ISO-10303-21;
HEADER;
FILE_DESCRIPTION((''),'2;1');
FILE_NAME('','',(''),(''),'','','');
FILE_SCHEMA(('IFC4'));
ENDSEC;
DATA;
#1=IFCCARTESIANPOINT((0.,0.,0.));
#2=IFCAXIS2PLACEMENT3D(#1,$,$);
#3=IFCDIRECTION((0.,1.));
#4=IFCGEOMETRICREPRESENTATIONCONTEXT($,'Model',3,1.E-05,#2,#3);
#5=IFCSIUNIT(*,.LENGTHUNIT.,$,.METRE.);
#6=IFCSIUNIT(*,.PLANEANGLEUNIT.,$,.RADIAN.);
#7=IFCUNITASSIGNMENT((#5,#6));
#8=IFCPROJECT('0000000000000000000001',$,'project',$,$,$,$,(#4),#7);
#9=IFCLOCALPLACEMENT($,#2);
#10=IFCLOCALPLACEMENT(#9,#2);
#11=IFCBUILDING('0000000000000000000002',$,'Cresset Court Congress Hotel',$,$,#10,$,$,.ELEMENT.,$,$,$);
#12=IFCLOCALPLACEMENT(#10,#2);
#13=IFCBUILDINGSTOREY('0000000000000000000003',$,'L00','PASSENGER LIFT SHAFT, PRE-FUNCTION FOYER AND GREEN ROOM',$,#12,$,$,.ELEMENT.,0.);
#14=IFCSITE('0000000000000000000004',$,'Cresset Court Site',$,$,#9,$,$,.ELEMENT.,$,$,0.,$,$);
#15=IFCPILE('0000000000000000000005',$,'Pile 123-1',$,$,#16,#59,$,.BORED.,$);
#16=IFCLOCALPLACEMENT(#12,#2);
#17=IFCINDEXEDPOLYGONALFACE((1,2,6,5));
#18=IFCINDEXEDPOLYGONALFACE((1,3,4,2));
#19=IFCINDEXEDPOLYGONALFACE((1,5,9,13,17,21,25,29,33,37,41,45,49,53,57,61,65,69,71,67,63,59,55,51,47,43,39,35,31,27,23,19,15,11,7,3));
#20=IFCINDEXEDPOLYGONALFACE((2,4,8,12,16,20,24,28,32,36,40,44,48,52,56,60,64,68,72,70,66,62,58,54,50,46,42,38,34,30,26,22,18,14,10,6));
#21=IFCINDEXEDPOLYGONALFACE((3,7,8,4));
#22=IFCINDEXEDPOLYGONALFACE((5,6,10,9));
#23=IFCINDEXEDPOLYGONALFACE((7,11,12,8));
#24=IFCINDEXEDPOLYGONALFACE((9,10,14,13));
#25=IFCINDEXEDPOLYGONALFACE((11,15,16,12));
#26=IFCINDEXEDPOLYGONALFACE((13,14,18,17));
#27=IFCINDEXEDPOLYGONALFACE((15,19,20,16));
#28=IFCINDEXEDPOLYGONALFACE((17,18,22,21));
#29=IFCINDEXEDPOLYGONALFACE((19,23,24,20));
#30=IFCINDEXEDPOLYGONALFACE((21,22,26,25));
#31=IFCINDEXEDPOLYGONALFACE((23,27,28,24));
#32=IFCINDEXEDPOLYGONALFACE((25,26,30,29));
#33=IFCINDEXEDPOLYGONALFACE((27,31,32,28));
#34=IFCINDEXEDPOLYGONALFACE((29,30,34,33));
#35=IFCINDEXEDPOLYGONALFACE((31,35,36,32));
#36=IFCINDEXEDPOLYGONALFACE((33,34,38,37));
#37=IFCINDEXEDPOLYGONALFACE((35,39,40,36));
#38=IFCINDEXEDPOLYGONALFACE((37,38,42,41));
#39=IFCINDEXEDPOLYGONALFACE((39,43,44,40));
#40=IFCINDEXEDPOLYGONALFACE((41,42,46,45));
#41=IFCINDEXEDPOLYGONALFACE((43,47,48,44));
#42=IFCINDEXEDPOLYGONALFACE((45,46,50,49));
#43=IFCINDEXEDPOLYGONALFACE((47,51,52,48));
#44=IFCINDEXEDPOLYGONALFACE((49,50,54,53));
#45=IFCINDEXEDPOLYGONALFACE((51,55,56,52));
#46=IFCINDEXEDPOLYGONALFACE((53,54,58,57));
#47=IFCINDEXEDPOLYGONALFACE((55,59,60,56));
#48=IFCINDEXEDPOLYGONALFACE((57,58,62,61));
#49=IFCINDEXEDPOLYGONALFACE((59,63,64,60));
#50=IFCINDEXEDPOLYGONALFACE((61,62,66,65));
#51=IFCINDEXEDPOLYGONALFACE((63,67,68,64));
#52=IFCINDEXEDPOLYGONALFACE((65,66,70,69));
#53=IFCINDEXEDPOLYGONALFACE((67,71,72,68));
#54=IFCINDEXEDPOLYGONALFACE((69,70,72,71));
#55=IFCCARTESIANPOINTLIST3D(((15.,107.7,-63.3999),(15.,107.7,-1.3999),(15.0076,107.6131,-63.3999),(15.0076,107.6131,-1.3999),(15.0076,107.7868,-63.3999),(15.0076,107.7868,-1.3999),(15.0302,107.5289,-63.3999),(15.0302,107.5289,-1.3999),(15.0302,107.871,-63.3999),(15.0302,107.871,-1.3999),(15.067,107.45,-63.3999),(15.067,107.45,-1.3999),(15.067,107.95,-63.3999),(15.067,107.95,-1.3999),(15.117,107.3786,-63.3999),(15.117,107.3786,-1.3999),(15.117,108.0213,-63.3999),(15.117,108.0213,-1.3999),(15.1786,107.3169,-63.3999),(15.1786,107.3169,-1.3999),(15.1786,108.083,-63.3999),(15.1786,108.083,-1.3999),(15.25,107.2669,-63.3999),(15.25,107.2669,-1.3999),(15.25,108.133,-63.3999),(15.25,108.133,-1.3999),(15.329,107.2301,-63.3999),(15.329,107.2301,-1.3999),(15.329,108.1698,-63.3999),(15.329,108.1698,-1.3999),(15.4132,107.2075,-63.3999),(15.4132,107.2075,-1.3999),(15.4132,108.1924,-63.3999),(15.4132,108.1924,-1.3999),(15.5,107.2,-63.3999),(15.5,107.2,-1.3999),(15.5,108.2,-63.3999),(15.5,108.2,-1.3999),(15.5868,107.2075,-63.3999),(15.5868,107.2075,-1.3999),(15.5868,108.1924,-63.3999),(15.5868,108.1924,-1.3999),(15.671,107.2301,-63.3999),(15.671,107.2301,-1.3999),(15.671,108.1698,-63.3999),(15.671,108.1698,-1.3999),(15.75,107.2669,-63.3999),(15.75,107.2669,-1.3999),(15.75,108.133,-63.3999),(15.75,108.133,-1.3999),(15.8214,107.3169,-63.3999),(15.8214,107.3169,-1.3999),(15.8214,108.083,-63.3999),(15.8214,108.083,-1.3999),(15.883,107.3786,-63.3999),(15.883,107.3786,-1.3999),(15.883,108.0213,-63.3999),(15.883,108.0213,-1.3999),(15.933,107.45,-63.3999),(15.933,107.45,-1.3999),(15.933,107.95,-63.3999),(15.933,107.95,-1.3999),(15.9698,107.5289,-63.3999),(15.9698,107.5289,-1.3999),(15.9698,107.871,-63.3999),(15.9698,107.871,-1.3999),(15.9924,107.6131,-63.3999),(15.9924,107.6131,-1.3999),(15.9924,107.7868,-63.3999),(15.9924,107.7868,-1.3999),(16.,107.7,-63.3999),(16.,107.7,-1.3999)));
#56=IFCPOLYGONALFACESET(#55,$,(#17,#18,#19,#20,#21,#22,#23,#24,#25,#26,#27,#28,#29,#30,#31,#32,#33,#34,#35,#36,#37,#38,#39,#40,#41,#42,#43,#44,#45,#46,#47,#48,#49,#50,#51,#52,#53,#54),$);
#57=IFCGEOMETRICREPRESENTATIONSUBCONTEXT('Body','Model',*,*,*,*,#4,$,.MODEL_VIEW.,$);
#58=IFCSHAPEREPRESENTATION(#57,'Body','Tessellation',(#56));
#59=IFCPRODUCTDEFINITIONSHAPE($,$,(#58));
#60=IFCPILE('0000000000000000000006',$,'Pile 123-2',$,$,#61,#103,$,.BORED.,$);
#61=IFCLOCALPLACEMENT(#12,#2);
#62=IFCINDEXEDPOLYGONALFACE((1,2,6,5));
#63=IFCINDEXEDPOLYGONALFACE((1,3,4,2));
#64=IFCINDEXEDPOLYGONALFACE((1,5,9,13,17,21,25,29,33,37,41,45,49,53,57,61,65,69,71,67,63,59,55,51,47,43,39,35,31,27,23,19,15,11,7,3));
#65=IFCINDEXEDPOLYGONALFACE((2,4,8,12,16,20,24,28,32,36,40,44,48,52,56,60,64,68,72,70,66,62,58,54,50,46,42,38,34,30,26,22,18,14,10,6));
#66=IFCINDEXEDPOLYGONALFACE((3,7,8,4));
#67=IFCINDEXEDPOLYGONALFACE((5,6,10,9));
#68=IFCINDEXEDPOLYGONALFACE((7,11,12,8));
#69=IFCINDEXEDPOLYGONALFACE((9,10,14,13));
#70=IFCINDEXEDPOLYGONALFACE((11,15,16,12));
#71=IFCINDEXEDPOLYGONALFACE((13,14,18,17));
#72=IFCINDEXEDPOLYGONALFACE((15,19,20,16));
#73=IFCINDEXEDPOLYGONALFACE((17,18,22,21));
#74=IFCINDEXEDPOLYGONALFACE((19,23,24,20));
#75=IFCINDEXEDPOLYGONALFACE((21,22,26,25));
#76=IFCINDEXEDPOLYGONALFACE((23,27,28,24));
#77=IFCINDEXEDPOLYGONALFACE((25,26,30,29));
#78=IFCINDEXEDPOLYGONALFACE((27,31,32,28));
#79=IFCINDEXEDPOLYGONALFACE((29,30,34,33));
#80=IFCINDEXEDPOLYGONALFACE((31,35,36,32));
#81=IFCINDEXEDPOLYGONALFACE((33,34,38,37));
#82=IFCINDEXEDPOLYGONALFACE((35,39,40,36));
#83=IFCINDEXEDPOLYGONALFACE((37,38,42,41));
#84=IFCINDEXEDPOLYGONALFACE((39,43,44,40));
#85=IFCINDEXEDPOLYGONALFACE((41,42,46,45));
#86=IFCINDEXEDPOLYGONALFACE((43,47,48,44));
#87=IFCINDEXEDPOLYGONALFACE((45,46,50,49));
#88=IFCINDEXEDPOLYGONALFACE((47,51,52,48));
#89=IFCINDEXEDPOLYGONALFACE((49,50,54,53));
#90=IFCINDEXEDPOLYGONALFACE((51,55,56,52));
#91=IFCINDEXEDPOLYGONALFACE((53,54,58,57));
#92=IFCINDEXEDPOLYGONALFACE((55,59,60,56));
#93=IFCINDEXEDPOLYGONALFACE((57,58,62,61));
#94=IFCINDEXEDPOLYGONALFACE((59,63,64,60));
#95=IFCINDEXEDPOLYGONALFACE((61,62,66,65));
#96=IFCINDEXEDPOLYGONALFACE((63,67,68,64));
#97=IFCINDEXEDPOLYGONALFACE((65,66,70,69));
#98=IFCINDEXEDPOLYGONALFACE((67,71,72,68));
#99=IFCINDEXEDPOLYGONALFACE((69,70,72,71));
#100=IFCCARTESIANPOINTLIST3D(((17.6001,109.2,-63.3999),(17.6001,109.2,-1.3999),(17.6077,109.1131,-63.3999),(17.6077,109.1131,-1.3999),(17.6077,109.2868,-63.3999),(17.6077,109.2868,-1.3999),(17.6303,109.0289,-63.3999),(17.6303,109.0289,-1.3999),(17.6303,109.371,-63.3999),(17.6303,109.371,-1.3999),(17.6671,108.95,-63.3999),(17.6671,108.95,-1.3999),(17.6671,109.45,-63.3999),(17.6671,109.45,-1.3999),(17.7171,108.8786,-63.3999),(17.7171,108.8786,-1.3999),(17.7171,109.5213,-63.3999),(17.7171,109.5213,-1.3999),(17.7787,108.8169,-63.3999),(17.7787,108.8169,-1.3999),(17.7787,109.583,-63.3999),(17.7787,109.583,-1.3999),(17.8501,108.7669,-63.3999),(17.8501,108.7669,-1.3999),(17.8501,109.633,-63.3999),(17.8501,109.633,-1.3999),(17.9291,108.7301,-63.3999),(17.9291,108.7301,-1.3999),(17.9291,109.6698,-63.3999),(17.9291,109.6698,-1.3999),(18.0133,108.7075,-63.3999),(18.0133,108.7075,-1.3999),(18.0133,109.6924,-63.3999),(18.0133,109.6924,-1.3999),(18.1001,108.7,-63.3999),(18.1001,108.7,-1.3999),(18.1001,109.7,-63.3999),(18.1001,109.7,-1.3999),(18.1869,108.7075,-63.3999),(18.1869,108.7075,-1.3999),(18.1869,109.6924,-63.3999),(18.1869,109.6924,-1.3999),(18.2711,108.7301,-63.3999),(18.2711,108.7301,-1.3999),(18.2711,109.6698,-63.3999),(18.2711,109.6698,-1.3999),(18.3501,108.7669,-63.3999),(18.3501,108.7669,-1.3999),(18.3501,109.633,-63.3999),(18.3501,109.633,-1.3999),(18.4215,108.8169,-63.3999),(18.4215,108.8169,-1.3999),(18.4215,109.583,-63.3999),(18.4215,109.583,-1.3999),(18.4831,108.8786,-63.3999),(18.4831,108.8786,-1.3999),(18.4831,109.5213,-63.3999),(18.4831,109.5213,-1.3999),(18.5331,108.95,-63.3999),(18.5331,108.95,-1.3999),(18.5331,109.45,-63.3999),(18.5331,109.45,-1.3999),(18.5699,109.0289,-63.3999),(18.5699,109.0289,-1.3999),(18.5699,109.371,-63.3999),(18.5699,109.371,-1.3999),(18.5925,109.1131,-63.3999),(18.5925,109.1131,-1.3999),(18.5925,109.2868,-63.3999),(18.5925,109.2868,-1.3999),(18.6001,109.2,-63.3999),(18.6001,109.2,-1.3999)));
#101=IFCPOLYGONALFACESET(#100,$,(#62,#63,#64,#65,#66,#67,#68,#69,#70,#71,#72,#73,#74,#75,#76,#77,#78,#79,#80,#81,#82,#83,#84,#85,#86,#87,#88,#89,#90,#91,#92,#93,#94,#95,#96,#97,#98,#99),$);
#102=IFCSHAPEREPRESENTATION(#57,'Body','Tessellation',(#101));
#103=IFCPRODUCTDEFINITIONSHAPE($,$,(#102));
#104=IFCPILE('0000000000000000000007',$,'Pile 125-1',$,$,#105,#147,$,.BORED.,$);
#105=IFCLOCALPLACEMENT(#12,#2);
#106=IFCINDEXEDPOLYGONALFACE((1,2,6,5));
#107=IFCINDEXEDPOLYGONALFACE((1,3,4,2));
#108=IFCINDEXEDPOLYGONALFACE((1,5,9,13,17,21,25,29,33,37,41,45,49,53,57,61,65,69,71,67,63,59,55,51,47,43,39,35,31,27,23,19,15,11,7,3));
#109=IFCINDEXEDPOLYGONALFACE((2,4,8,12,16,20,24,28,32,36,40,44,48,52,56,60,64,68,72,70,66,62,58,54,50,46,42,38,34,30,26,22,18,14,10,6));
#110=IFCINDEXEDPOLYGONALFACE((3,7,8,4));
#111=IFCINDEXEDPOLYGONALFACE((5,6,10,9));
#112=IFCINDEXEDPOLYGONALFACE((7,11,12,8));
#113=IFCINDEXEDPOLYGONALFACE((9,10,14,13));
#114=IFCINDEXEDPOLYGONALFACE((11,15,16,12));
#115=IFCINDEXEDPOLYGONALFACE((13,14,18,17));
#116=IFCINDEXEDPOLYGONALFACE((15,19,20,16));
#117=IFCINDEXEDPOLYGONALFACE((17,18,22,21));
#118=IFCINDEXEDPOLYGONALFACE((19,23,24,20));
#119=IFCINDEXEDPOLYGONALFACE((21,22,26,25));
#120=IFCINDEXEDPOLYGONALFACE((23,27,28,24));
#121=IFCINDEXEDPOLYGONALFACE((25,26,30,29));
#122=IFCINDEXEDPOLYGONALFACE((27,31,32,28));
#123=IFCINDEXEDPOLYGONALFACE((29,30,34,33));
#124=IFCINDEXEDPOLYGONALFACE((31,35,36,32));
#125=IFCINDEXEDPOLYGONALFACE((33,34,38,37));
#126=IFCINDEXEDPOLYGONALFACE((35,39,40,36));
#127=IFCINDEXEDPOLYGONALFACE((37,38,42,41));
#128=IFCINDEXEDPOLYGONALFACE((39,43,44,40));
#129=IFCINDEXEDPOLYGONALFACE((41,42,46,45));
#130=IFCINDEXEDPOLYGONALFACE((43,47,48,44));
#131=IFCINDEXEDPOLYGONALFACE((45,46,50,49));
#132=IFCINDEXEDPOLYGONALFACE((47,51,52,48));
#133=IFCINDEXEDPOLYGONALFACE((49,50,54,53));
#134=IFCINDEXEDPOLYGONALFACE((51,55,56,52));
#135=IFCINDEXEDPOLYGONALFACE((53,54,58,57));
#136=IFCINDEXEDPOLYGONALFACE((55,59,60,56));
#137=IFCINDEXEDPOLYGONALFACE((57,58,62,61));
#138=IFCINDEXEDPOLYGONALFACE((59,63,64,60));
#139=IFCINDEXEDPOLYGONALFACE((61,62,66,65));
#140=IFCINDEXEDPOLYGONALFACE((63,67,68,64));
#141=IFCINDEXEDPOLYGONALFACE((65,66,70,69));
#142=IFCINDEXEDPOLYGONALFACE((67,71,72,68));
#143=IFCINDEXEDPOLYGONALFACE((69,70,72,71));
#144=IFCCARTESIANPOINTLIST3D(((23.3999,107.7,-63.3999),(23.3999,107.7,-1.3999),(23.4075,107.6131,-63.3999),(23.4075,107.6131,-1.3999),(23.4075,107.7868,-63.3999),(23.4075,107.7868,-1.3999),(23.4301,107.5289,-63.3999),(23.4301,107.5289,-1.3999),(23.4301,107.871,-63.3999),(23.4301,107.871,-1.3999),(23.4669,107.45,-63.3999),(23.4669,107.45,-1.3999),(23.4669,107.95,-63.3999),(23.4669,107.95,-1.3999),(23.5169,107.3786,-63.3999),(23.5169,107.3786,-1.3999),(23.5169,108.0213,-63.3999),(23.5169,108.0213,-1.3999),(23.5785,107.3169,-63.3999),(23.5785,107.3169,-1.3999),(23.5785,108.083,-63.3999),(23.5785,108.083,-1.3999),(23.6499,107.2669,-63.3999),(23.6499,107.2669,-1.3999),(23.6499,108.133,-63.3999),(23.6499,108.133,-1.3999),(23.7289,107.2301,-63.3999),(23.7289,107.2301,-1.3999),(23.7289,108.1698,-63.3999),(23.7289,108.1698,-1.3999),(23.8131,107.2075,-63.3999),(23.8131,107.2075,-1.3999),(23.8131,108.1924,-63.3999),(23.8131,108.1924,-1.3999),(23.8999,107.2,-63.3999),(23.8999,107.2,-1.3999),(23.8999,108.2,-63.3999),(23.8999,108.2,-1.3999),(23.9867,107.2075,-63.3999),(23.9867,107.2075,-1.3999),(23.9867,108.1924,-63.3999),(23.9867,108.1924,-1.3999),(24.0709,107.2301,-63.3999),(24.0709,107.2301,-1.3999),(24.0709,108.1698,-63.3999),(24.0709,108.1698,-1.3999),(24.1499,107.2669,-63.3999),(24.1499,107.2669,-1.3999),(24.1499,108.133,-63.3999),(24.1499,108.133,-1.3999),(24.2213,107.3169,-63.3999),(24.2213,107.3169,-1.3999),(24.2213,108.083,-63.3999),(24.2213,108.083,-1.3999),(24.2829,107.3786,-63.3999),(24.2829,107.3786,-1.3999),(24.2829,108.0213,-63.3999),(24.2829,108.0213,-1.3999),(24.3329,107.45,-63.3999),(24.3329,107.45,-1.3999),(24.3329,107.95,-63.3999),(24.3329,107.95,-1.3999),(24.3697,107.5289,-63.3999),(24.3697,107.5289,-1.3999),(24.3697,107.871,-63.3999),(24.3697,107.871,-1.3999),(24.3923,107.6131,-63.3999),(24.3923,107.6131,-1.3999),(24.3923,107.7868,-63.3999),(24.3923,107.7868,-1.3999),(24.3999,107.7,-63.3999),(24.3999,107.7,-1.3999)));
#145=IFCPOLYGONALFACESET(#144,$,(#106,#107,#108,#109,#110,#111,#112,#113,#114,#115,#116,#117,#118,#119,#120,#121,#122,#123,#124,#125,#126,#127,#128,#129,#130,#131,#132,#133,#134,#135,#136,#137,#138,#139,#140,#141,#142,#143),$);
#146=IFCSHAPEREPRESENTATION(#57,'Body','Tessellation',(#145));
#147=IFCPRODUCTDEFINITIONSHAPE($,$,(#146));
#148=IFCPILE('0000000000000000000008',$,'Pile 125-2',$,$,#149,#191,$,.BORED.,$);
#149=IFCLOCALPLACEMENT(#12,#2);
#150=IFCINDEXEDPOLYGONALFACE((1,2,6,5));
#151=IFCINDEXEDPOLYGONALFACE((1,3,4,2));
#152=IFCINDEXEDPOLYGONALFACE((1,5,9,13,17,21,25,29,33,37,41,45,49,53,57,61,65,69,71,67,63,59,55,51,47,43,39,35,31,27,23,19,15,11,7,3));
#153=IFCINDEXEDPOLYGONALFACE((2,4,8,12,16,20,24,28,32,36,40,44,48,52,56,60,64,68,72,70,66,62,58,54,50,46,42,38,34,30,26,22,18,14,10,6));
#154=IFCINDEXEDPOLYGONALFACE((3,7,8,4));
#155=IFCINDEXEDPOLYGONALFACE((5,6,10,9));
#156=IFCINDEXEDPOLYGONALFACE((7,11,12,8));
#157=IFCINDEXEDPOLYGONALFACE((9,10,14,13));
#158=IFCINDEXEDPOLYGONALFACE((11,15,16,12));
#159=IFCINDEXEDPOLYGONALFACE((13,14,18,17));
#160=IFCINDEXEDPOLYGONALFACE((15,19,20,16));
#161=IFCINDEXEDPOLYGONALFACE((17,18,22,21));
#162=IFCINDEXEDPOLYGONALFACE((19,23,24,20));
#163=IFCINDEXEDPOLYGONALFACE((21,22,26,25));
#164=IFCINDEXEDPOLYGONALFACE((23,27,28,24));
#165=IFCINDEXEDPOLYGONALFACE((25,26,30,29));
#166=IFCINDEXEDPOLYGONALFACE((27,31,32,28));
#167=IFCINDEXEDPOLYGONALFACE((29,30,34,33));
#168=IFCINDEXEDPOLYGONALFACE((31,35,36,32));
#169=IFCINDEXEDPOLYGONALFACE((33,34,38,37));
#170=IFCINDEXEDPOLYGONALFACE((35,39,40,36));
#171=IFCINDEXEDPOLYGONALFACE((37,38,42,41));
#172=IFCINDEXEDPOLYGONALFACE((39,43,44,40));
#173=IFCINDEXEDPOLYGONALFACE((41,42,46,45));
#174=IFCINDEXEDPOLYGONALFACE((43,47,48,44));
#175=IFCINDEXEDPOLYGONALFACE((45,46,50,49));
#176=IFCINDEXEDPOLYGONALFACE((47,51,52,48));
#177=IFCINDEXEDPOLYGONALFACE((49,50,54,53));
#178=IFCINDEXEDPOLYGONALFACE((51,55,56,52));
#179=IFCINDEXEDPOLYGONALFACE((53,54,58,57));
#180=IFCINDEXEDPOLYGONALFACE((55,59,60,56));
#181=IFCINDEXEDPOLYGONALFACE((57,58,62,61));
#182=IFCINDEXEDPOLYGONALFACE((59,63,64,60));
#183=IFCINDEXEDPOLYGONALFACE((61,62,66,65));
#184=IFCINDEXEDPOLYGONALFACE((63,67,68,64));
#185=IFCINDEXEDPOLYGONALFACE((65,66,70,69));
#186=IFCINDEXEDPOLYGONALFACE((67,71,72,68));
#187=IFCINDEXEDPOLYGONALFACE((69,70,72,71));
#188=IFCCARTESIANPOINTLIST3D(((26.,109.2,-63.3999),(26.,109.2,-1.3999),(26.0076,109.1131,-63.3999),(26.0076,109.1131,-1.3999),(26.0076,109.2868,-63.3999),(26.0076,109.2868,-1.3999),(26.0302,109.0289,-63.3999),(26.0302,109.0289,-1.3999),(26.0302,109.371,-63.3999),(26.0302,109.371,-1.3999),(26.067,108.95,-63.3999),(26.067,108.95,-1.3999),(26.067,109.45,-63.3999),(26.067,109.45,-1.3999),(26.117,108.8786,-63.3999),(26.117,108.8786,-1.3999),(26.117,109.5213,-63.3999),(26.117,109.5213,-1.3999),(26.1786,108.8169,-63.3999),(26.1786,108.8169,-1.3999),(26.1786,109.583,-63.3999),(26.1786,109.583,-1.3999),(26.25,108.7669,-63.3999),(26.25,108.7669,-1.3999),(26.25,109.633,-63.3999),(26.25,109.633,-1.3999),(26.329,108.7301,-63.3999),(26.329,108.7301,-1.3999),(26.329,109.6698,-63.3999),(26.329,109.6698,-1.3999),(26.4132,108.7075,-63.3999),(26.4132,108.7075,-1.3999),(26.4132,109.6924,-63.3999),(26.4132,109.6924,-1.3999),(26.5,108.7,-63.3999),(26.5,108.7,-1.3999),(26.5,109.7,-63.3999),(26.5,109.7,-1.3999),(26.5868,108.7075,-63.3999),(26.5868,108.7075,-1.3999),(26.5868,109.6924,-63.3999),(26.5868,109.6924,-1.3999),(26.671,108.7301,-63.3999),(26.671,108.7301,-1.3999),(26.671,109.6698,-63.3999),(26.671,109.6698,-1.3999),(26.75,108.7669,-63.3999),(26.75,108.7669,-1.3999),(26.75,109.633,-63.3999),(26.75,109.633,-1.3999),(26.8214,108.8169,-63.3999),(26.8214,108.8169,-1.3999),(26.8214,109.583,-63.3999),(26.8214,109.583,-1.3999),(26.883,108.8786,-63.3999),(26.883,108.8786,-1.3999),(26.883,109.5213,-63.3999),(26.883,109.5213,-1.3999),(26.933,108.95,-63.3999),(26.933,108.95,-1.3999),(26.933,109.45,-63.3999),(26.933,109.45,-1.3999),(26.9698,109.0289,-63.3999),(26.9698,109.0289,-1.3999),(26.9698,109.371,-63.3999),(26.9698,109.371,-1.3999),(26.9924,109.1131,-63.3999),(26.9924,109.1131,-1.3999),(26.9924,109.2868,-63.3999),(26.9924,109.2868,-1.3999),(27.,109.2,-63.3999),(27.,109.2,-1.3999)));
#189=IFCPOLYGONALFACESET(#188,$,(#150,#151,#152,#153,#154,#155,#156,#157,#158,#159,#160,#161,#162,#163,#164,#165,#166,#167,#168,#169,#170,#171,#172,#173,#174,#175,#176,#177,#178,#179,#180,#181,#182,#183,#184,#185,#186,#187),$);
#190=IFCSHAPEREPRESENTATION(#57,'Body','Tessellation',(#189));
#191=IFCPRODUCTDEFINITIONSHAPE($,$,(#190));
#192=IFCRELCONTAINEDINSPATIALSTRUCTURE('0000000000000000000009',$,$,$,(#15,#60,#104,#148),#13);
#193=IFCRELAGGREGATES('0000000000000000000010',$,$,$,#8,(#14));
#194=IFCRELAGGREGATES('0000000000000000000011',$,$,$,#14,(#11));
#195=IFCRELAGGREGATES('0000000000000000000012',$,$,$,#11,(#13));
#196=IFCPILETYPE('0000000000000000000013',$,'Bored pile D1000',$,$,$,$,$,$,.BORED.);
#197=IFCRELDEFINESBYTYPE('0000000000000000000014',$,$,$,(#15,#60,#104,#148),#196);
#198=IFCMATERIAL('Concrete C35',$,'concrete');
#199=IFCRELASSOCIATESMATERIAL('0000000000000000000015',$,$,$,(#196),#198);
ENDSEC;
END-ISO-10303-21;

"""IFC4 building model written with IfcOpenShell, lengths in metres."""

from ifc_helpers import new_model, si_unit, direction, frame, origin, origin_2d, place, context, subcontext, project, spatial, circle, extrude, material, type_object, element, save


model = new_model("IFC4")

# Units and contexts
model_context = context("Model", 3, precision=1e-05, world=origin(), true_north=direction((0.0, 1.0)))
body_context = subcontext(model_context, "Body", "Model", "MODEL_VIEW")
ifc_project = project(units=[si_unit("LENGTHUNIT", "METRE"), si_unit("PLANEANGLEUNIT", "RADIAN")], contexts=[model_context])

# Site, building, storey
site_placement = place(None, origin())
site = spatial("IfcSite", under=ifc_project, at=site_placement, Name="Cresset Court Site", CompositionType="ELEMENT", RefElevation=0.0)
building_placement = place(site_placement, origin())
building = spatial("IfcBuilding", under=site, at=building_placement, Name="Cresset Court Congress Hotel", CompositionType="ELEMENT")
storey_placement = place(building_placement, origin())
storey = spatial("IfcBuildingStorey", under=building, at=storey_placement, Name="L00", Description="PASSENGER LIFT SHAFT, PRE-FUNCTION FOYER AND GREEN ROOM", CompositionType="ELEMENT", Elevation=0.0)

# Piles
ifc_material_1 = material(Name="Concrete C35", Category="concrete")
pile_type_1 = type_object("IfcPileType", Name="Bored pile D1000", PredefinedType="BORED", material=ifc_material_1)
for number, where, z_axis, x_axis, name in (
    (1, (15.5, 107.7, -1.3999), (0.0, 0.0, -1.0), (1.0, 0.0, 0.0), "Pile 123-1"),
    (2, (18.1001, 109.2, -1.3999), (0.0, 0.0, -1.0), (1.0, 0.0, 0.0), "Pile 123-2"),
    (3, (23.8999, 107.7, -1.3999), (0.0, 0.0, -1.0), (1.0, 0.0, 0.0), "Pile 125-1"),
    (4, (26.5, 109.2, -1.3999), (0.0, 0.0, -1.0), (1.0, 0.0, 0.0), "Pile 125-2"),
):
    element("IfcPile", number, at=place(storey_placement, frame(where, z_axis=z_axis, x_axis=x_axis)), inside=storey, type_object=pile_type_1, Name=name, PredefinedType="BORED", context=body_context, shape_type="SweptSolid", body=[
        extrude(circle(Radius=0.5, at=origin_2d()), origin(), (0.0, 0.0, 1.0), 62.0),
    ])

save(model, "model.ifc")
